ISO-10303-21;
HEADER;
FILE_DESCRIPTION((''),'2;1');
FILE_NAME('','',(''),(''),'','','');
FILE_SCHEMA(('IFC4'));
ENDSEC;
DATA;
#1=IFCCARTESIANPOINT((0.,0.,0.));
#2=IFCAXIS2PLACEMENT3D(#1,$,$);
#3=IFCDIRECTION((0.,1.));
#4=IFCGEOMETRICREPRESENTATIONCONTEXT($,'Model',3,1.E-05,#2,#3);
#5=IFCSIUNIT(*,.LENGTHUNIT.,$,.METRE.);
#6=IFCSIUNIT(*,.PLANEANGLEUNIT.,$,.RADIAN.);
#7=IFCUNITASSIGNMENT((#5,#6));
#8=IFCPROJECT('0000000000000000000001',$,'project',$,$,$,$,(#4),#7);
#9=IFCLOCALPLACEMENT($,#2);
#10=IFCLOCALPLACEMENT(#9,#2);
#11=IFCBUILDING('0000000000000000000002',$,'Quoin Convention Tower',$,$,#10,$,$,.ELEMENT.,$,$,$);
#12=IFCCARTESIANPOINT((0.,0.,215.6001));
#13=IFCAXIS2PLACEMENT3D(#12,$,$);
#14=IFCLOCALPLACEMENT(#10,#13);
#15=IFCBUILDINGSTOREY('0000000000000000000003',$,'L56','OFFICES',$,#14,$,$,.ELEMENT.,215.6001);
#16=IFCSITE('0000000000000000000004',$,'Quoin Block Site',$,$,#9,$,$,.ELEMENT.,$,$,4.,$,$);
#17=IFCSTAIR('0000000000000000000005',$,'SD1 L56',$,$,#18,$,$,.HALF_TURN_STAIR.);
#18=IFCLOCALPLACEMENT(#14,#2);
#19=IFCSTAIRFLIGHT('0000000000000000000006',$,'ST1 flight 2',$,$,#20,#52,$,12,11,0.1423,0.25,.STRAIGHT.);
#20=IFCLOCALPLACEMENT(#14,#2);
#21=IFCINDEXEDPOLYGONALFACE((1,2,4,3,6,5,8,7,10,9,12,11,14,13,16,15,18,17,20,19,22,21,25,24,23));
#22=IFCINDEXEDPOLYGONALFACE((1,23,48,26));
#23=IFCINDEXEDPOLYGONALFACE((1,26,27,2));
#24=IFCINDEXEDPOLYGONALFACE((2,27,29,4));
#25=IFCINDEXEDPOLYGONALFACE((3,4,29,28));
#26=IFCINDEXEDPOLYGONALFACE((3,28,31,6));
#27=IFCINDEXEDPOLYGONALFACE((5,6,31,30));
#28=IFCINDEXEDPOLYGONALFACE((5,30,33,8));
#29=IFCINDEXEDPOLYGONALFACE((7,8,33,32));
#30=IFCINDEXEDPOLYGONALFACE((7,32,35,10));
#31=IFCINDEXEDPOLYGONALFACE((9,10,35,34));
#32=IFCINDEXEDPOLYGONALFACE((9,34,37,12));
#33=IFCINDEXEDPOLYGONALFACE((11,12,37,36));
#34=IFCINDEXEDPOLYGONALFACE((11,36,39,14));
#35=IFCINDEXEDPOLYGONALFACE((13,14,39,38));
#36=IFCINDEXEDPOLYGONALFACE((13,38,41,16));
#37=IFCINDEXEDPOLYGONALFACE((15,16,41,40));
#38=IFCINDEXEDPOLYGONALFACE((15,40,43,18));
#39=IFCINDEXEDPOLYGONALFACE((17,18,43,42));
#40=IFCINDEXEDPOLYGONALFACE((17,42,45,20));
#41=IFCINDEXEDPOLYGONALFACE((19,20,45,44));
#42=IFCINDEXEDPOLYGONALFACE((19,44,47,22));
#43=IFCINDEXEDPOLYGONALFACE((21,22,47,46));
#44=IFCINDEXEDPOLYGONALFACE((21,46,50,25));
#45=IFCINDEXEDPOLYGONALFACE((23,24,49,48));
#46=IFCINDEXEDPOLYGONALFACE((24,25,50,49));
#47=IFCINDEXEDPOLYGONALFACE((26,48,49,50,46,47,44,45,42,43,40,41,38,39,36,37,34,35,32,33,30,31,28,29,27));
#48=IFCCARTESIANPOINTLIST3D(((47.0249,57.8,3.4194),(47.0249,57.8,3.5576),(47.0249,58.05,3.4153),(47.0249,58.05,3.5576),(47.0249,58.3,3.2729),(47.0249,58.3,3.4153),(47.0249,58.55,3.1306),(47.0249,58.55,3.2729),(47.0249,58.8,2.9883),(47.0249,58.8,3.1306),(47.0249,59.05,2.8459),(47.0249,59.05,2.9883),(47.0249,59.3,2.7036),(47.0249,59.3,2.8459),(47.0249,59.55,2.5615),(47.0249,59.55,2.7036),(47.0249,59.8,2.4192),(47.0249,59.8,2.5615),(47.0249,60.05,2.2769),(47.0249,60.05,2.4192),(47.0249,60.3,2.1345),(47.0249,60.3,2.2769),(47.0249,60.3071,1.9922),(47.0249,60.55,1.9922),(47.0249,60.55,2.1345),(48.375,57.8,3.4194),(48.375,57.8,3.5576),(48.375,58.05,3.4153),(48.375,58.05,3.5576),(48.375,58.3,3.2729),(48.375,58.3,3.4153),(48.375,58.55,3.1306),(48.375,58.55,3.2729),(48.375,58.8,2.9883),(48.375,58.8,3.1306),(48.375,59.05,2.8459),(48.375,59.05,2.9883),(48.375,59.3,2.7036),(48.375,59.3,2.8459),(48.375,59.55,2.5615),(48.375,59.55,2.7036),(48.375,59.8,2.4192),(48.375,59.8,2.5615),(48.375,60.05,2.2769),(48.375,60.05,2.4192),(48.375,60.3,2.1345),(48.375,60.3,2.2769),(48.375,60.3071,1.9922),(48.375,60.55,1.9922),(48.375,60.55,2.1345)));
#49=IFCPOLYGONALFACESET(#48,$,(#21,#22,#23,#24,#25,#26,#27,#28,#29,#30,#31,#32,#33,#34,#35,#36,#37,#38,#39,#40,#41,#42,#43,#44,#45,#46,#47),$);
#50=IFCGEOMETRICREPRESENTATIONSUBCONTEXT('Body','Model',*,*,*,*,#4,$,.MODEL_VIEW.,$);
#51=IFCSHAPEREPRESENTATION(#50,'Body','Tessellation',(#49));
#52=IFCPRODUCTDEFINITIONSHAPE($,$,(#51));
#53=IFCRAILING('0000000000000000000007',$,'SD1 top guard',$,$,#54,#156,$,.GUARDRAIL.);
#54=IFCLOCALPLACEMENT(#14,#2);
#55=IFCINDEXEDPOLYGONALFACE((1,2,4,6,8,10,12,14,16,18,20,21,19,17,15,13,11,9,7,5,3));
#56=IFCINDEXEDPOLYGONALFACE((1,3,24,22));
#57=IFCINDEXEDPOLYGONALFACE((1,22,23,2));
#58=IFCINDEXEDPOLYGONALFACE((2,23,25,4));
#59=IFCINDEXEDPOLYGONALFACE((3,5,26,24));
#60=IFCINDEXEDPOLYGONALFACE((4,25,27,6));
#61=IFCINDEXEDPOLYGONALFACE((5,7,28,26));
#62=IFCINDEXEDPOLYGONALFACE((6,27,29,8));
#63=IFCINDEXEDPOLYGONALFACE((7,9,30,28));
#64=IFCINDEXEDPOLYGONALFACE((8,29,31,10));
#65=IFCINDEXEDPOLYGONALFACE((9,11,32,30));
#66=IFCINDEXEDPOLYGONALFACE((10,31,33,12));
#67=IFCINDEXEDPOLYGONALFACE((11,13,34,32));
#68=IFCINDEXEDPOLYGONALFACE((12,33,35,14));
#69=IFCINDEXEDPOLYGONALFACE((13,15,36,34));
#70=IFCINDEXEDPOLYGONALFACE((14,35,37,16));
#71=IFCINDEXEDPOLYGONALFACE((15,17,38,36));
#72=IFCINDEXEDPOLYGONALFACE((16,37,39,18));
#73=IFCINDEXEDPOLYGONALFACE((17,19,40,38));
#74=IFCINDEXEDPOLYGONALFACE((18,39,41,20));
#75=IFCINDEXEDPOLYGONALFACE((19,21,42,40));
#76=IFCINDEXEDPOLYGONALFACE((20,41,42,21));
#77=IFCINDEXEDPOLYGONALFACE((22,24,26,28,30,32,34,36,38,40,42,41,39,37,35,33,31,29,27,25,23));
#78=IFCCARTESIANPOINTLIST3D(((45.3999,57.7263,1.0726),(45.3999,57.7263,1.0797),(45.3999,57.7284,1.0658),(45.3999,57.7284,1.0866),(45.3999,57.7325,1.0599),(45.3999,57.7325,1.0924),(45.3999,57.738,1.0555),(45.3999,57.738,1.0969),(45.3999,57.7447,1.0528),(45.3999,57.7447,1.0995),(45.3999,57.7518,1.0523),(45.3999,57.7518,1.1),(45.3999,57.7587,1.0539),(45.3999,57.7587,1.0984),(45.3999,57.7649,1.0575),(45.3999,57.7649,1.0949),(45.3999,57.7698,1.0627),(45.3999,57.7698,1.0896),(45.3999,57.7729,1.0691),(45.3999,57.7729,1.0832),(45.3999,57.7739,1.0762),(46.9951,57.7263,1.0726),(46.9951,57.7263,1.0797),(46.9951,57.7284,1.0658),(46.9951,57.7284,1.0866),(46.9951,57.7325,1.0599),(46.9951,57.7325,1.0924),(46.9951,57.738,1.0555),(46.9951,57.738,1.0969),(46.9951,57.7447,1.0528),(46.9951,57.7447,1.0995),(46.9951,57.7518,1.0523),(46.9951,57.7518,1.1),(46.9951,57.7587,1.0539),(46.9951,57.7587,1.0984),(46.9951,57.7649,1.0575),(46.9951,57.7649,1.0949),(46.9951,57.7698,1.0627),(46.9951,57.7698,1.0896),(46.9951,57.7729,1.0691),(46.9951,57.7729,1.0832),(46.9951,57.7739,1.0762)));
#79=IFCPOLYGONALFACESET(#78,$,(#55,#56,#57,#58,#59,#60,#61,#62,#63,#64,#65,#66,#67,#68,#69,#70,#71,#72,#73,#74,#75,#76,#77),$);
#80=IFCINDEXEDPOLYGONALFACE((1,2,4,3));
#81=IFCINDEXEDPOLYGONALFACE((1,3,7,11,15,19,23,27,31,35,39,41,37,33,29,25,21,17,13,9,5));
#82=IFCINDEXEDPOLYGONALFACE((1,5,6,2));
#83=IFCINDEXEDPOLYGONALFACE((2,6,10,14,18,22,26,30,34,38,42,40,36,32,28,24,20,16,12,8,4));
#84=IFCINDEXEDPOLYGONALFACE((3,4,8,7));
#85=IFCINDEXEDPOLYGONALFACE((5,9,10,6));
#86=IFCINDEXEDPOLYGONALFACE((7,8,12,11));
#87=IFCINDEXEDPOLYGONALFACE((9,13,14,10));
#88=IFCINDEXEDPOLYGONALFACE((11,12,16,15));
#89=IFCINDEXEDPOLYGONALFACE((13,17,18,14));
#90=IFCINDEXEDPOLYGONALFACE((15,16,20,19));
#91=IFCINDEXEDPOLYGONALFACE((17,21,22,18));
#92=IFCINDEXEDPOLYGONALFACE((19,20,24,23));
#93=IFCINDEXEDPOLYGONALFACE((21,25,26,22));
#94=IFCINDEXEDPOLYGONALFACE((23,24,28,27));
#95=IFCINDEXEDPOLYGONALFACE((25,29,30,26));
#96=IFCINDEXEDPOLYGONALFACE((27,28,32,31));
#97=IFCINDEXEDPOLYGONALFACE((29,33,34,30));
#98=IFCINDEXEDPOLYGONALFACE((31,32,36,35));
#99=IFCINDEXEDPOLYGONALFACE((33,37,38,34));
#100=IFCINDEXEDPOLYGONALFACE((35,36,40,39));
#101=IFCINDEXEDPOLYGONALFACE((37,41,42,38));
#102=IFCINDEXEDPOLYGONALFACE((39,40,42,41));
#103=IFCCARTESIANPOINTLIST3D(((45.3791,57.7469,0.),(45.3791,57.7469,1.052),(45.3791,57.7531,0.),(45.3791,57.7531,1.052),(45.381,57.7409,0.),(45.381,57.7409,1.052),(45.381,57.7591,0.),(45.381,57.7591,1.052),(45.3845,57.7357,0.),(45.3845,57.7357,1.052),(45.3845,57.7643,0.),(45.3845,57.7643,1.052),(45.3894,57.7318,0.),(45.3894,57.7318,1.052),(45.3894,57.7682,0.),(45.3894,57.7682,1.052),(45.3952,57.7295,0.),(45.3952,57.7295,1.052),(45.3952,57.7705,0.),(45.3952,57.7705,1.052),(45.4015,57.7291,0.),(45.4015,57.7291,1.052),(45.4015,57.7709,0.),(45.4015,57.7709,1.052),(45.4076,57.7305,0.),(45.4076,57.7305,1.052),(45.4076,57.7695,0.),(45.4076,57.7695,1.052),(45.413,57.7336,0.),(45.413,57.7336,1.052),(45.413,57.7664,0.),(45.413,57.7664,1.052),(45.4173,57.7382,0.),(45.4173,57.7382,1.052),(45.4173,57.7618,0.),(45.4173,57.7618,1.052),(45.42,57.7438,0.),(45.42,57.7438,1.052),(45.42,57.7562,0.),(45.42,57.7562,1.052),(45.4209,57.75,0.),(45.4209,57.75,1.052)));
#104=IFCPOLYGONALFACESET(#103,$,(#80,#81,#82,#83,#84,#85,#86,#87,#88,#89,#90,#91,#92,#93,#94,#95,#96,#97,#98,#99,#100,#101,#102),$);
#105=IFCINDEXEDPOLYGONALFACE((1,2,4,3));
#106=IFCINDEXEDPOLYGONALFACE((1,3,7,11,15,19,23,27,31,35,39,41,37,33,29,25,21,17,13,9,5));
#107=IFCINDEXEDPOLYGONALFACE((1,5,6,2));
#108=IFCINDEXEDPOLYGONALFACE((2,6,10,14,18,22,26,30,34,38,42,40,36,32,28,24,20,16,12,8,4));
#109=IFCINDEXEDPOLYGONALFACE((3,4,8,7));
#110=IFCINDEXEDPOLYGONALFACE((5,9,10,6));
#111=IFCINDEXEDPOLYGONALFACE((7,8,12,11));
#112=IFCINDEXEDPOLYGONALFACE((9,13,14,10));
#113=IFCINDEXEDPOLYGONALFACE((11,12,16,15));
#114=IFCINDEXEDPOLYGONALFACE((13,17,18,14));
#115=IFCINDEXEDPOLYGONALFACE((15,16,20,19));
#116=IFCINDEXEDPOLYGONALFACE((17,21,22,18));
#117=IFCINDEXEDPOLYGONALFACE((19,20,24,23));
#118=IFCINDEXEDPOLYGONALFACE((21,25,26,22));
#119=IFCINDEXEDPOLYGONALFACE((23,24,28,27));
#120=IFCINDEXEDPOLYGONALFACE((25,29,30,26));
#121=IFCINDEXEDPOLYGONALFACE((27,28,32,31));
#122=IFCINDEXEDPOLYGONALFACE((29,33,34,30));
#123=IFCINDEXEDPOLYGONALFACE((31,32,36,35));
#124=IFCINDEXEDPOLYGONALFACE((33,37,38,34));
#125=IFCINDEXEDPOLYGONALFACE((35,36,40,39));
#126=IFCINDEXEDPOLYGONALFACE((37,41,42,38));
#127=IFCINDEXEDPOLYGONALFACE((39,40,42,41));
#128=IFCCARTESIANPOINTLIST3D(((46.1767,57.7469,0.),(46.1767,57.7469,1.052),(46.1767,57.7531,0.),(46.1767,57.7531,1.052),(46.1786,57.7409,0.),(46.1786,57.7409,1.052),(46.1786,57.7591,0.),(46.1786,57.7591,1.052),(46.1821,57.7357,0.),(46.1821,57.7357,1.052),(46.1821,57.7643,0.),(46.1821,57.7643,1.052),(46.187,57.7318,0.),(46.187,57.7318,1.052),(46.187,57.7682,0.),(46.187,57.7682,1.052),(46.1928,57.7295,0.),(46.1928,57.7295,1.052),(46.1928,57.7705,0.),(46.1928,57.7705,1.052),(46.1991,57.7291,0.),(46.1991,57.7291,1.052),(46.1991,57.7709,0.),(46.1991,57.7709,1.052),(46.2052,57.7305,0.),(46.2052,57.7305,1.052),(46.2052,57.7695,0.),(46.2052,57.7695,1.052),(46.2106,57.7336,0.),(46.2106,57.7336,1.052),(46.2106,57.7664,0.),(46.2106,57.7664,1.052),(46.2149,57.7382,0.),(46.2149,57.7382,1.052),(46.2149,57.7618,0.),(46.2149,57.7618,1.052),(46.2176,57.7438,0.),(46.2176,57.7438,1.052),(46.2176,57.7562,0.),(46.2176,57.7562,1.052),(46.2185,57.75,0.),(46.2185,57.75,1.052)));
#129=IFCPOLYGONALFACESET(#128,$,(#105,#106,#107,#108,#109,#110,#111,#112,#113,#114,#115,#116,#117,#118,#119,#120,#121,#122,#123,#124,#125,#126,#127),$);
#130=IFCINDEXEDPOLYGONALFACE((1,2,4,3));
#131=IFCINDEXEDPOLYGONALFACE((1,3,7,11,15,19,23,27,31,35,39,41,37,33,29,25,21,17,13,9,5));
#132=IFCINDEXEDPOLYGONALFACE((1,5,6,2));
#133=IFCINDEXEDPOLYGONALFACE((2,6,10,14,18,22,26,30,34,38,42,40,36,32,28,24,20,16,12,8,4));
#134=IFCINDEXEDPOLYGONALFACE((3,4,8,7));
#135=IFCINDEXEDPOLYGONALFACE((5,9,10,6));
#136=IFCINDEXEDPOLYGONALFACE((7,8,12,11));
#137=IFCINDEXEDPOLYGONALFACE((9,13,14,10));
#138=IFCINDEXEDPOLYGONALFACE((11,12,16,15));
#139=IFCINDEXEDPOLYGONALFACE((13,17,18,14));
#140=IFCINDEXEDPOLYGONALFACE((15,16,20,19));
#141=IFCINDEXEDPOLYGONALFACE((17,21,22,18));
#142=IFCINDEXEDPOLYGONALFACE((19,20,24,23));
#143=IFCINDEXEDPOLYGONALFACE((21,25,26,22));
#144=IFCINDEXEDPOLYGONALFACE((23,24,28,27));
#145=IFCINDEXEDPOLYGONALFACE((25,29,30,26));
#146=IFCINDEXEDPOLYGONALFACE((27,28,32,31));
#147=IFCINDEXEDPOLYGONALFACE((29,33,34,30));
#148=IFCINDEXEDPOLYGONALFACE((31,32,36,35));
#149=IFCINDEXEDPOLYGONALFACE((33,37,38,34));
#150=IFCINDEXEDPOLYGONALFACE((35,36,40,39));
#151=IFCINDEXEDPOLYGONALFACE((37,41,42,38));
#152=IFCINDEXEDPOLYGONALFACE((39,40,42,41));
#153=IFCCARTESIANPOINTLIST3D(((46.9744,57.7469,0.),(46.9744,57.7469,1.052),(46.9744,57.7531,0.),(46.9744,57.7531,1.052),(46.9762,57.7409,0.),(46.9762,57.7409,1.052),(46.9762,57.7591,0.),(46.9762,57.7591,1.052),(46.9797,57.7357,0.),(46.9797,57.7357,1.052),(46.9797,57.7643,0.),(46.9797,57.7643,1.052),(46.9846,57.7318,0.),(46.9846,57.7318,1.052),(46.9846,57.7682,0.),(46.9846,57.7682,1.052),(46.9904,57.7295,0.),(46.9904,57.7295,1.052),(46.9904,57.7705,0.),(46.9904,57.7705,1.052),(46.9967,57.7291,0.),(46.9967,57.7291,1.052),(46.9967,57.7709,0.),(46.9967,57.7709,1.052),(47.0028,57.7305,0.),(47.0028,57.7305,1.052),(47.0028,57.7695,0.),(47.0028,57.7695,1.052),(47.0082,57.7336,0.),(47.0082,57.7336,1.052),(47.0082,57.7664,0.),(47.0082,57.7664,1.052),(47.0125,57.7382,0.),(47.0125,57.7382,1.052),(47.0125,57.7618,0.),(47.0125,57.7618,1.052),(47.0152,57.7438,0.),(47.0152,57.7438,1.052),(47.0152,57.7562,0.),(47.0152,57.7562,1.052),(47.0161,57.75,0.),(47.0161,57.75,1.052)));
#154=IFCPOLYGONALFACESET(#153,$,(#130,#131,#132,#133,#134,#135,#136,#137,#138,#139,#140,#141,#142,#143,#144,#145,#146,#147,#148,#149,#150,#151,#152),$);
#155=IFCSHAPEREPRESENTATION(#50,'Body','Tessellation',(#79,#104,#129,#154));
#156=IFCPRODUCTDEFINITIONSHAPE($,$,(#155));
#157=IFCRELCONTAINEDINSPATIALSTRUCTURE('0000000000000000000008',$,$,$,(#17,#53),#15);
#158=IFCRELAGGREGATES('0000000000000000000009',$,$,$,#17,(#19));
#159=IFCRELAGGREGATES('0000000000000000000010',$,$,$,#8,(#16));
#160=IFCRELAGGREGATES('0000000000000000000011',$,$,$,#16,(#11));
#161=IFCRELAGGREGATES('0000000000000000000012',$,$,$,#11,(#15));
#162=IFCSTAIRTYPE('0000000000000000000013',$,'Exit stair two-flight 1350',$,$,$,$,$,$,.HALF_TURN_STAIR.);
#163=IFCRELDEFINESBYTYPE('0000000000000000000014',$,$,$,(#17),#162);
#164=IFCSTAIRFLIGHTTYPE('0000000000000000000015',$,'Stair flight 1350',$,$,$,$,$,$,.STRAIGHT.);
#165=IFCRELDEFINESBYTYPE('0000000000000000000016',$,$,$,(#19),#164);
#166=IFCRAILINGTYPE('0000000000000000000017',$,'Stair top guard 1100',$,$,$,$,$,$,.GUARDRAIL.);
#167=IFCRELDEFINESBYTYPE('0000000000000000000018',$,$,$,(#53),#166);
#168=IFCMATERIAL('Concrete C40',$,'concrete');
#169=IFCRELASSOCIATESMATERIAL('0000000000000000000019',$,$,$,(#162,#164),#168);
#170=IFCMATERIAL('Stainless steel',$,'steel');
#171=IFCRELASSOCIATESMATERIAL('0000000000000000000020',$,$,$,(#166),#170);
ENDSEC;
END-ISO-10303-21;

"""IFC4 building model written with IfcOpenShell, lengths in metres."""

from ifc_helpers import new_model, si_unit, direction, frame, origin, origin_2d, place, context, subcontext, project, spatial, polyline, circle, outline, extrude, material, type_object, element, aggregate, save


model = new_model("IFC4")

# Units and contexts
model_context = context("Model", 3, precision=1e-05, world=origin(), true_north=direction((0.0, 1.0)))
body_context = subcontext(model_context, "Body", "Model", "MODEL_VIEW")
ifc_project = project(units=[si_unit("LENGTHUNIT", "METRE"), si_unit("PLANEANGLEUNIT", "RADIAN")], contexts=[model_context])

# Site, building, storey
site_placement = place(None, origin())
site = spatial("IfcSite", under=ifc_project, at=site_placement, Name="Quoin Block Site", CompositionType="ELEMENT", RefElevation=4.0)
building_placement = place(site_placement, origin())
building = spatial("IfcBuilding", under=site, at=building_placement, Name="Quoin Convention Tower", CompositionType="ELEMENT")
storey_placement = place(building_placement, frame((0.0, 0.0, 215.6001)))
storey = spatial("IfcBuildingStorey", under=building, at=storey_placement, Name="L56", Description="OFFICES", CompositionType="ELEMENT", Elevation=215.6001)

# Stair, stair flight
ifc_material_1 = material(Name="Concrete C40", Category="concrete")
stair_type = type_object("IfcStairType", Name="Exit stair two-flight 1350", PredefinedType="HALF_TURN_STAIR", material=ifc_material_1)
stair_placement = place(storey_placement, origin())
stair = element("IfcStair", 1, at=stair_placement, inside=storey, type_object=stair_type, Name="SD1 L56", PredefinedType="HALF_TURN_STAIR")
stair_flight_type = type_object("IfcStairFlightType", Name="Stair flight 1350", PredefinedType="STRAIGHT", material=ifc_material_1)
stair_flight_1_placement = place(storey_placement, frame((47.7, 60.55, 1.9922), z_axis=(0.0, 0.0, 1.0), x_axis=(0.0, -1.0, 0.0)))
stair_flight_1 = element("IfcStairFlight", 2, at=stair_flight_1_placement, type_object=stair_flight_type, Name="ST1 flight 2", NumberOfRisers=12, NumberOfTreads=11, PredefinedType="STRAIGHT", RiserHeight=0.1423, TreadLength=0.25, context=body_context, shape_type="SweptSolid", body=[
    extrude(outline(polyline([(0.0, 0.0), (0.0, 0.1423), (0.25, 0.1423), (0.25, 0.2847), (0.5, 0.2847), (0.5, 0.427), (0.75, 0.427), (0.75, 0.5693), (1.0, 0.5693), (1.0, 0.7114), (1.25, 0.7114), (1.25, 0.8538), (1.5, 0.8538), (1.5, 0.9961), (1.75, 0.9961), (1.75, 1.1384), (2.0, 1.1384), (2.0, 1.2808), (2.25, 1.2808), (2.25, 1.4231), (2.5, 1.4231), (2.5, 1.5654), (2.75, 1.5654), (2.75, 1.7078), (2.75, 1.4272), (0.2429, 0.0), (0.0, 0.0)])), frame((0.0, 0.675, 0.0), z_axis=(0.0, -1.0, 0.0), x_axis=(1.0, 0.0, 0.0)), (0.0, 0.0, 1.0), 1.3501),
])
aggregate(stair, [stair_flight_1])

# Railing
ifc_material_2 = material(Name="Stainless steel", Category="steel")
railing_type_1 = type_object("IfcRailingType", Name="Stair top guard 1100", PredefinedType="GUARDRAIL", material=ifc_material_2)
railing_1_placement = place(storey_placement, frame((45.3999, 57.75, 0.0)))
element("IfcRailing", 3, at=railing_1_placement, inside=storey, type_object=railing_type_1, Name="SD1 top guard", PredefinedType="GUARDRAIL", context=body_context, shape_type="SweptSolid", body=[
    extrude(circle(Radius=0.0239, at=origin_2d()), frame((0.0, 0.0, 1.0762), z_axis=(1.0, 0.0, 0.0), x_axis=(0.0, 1.0, 0.0)), (0.0, 0.0, 1.0), 1.5952),
    extrude(circle(Radius=0.021, at=origin_2d()), origin(), (0.0, 0.0, 1.0), 1.052),
    extrude(circle(Radius=0.021, at=origin_2d()), frame((0.7976, 0.0, 0.0)), (0.0, 0.0, 1.0), 1.052),
    extrude(circle(Radius=0.021, at=origin_2d()), frame((1.5952, 0.0, 0.0)), (0.0, 0.0, 1.0), 1.052),
])

save(model, "model.ifc")
